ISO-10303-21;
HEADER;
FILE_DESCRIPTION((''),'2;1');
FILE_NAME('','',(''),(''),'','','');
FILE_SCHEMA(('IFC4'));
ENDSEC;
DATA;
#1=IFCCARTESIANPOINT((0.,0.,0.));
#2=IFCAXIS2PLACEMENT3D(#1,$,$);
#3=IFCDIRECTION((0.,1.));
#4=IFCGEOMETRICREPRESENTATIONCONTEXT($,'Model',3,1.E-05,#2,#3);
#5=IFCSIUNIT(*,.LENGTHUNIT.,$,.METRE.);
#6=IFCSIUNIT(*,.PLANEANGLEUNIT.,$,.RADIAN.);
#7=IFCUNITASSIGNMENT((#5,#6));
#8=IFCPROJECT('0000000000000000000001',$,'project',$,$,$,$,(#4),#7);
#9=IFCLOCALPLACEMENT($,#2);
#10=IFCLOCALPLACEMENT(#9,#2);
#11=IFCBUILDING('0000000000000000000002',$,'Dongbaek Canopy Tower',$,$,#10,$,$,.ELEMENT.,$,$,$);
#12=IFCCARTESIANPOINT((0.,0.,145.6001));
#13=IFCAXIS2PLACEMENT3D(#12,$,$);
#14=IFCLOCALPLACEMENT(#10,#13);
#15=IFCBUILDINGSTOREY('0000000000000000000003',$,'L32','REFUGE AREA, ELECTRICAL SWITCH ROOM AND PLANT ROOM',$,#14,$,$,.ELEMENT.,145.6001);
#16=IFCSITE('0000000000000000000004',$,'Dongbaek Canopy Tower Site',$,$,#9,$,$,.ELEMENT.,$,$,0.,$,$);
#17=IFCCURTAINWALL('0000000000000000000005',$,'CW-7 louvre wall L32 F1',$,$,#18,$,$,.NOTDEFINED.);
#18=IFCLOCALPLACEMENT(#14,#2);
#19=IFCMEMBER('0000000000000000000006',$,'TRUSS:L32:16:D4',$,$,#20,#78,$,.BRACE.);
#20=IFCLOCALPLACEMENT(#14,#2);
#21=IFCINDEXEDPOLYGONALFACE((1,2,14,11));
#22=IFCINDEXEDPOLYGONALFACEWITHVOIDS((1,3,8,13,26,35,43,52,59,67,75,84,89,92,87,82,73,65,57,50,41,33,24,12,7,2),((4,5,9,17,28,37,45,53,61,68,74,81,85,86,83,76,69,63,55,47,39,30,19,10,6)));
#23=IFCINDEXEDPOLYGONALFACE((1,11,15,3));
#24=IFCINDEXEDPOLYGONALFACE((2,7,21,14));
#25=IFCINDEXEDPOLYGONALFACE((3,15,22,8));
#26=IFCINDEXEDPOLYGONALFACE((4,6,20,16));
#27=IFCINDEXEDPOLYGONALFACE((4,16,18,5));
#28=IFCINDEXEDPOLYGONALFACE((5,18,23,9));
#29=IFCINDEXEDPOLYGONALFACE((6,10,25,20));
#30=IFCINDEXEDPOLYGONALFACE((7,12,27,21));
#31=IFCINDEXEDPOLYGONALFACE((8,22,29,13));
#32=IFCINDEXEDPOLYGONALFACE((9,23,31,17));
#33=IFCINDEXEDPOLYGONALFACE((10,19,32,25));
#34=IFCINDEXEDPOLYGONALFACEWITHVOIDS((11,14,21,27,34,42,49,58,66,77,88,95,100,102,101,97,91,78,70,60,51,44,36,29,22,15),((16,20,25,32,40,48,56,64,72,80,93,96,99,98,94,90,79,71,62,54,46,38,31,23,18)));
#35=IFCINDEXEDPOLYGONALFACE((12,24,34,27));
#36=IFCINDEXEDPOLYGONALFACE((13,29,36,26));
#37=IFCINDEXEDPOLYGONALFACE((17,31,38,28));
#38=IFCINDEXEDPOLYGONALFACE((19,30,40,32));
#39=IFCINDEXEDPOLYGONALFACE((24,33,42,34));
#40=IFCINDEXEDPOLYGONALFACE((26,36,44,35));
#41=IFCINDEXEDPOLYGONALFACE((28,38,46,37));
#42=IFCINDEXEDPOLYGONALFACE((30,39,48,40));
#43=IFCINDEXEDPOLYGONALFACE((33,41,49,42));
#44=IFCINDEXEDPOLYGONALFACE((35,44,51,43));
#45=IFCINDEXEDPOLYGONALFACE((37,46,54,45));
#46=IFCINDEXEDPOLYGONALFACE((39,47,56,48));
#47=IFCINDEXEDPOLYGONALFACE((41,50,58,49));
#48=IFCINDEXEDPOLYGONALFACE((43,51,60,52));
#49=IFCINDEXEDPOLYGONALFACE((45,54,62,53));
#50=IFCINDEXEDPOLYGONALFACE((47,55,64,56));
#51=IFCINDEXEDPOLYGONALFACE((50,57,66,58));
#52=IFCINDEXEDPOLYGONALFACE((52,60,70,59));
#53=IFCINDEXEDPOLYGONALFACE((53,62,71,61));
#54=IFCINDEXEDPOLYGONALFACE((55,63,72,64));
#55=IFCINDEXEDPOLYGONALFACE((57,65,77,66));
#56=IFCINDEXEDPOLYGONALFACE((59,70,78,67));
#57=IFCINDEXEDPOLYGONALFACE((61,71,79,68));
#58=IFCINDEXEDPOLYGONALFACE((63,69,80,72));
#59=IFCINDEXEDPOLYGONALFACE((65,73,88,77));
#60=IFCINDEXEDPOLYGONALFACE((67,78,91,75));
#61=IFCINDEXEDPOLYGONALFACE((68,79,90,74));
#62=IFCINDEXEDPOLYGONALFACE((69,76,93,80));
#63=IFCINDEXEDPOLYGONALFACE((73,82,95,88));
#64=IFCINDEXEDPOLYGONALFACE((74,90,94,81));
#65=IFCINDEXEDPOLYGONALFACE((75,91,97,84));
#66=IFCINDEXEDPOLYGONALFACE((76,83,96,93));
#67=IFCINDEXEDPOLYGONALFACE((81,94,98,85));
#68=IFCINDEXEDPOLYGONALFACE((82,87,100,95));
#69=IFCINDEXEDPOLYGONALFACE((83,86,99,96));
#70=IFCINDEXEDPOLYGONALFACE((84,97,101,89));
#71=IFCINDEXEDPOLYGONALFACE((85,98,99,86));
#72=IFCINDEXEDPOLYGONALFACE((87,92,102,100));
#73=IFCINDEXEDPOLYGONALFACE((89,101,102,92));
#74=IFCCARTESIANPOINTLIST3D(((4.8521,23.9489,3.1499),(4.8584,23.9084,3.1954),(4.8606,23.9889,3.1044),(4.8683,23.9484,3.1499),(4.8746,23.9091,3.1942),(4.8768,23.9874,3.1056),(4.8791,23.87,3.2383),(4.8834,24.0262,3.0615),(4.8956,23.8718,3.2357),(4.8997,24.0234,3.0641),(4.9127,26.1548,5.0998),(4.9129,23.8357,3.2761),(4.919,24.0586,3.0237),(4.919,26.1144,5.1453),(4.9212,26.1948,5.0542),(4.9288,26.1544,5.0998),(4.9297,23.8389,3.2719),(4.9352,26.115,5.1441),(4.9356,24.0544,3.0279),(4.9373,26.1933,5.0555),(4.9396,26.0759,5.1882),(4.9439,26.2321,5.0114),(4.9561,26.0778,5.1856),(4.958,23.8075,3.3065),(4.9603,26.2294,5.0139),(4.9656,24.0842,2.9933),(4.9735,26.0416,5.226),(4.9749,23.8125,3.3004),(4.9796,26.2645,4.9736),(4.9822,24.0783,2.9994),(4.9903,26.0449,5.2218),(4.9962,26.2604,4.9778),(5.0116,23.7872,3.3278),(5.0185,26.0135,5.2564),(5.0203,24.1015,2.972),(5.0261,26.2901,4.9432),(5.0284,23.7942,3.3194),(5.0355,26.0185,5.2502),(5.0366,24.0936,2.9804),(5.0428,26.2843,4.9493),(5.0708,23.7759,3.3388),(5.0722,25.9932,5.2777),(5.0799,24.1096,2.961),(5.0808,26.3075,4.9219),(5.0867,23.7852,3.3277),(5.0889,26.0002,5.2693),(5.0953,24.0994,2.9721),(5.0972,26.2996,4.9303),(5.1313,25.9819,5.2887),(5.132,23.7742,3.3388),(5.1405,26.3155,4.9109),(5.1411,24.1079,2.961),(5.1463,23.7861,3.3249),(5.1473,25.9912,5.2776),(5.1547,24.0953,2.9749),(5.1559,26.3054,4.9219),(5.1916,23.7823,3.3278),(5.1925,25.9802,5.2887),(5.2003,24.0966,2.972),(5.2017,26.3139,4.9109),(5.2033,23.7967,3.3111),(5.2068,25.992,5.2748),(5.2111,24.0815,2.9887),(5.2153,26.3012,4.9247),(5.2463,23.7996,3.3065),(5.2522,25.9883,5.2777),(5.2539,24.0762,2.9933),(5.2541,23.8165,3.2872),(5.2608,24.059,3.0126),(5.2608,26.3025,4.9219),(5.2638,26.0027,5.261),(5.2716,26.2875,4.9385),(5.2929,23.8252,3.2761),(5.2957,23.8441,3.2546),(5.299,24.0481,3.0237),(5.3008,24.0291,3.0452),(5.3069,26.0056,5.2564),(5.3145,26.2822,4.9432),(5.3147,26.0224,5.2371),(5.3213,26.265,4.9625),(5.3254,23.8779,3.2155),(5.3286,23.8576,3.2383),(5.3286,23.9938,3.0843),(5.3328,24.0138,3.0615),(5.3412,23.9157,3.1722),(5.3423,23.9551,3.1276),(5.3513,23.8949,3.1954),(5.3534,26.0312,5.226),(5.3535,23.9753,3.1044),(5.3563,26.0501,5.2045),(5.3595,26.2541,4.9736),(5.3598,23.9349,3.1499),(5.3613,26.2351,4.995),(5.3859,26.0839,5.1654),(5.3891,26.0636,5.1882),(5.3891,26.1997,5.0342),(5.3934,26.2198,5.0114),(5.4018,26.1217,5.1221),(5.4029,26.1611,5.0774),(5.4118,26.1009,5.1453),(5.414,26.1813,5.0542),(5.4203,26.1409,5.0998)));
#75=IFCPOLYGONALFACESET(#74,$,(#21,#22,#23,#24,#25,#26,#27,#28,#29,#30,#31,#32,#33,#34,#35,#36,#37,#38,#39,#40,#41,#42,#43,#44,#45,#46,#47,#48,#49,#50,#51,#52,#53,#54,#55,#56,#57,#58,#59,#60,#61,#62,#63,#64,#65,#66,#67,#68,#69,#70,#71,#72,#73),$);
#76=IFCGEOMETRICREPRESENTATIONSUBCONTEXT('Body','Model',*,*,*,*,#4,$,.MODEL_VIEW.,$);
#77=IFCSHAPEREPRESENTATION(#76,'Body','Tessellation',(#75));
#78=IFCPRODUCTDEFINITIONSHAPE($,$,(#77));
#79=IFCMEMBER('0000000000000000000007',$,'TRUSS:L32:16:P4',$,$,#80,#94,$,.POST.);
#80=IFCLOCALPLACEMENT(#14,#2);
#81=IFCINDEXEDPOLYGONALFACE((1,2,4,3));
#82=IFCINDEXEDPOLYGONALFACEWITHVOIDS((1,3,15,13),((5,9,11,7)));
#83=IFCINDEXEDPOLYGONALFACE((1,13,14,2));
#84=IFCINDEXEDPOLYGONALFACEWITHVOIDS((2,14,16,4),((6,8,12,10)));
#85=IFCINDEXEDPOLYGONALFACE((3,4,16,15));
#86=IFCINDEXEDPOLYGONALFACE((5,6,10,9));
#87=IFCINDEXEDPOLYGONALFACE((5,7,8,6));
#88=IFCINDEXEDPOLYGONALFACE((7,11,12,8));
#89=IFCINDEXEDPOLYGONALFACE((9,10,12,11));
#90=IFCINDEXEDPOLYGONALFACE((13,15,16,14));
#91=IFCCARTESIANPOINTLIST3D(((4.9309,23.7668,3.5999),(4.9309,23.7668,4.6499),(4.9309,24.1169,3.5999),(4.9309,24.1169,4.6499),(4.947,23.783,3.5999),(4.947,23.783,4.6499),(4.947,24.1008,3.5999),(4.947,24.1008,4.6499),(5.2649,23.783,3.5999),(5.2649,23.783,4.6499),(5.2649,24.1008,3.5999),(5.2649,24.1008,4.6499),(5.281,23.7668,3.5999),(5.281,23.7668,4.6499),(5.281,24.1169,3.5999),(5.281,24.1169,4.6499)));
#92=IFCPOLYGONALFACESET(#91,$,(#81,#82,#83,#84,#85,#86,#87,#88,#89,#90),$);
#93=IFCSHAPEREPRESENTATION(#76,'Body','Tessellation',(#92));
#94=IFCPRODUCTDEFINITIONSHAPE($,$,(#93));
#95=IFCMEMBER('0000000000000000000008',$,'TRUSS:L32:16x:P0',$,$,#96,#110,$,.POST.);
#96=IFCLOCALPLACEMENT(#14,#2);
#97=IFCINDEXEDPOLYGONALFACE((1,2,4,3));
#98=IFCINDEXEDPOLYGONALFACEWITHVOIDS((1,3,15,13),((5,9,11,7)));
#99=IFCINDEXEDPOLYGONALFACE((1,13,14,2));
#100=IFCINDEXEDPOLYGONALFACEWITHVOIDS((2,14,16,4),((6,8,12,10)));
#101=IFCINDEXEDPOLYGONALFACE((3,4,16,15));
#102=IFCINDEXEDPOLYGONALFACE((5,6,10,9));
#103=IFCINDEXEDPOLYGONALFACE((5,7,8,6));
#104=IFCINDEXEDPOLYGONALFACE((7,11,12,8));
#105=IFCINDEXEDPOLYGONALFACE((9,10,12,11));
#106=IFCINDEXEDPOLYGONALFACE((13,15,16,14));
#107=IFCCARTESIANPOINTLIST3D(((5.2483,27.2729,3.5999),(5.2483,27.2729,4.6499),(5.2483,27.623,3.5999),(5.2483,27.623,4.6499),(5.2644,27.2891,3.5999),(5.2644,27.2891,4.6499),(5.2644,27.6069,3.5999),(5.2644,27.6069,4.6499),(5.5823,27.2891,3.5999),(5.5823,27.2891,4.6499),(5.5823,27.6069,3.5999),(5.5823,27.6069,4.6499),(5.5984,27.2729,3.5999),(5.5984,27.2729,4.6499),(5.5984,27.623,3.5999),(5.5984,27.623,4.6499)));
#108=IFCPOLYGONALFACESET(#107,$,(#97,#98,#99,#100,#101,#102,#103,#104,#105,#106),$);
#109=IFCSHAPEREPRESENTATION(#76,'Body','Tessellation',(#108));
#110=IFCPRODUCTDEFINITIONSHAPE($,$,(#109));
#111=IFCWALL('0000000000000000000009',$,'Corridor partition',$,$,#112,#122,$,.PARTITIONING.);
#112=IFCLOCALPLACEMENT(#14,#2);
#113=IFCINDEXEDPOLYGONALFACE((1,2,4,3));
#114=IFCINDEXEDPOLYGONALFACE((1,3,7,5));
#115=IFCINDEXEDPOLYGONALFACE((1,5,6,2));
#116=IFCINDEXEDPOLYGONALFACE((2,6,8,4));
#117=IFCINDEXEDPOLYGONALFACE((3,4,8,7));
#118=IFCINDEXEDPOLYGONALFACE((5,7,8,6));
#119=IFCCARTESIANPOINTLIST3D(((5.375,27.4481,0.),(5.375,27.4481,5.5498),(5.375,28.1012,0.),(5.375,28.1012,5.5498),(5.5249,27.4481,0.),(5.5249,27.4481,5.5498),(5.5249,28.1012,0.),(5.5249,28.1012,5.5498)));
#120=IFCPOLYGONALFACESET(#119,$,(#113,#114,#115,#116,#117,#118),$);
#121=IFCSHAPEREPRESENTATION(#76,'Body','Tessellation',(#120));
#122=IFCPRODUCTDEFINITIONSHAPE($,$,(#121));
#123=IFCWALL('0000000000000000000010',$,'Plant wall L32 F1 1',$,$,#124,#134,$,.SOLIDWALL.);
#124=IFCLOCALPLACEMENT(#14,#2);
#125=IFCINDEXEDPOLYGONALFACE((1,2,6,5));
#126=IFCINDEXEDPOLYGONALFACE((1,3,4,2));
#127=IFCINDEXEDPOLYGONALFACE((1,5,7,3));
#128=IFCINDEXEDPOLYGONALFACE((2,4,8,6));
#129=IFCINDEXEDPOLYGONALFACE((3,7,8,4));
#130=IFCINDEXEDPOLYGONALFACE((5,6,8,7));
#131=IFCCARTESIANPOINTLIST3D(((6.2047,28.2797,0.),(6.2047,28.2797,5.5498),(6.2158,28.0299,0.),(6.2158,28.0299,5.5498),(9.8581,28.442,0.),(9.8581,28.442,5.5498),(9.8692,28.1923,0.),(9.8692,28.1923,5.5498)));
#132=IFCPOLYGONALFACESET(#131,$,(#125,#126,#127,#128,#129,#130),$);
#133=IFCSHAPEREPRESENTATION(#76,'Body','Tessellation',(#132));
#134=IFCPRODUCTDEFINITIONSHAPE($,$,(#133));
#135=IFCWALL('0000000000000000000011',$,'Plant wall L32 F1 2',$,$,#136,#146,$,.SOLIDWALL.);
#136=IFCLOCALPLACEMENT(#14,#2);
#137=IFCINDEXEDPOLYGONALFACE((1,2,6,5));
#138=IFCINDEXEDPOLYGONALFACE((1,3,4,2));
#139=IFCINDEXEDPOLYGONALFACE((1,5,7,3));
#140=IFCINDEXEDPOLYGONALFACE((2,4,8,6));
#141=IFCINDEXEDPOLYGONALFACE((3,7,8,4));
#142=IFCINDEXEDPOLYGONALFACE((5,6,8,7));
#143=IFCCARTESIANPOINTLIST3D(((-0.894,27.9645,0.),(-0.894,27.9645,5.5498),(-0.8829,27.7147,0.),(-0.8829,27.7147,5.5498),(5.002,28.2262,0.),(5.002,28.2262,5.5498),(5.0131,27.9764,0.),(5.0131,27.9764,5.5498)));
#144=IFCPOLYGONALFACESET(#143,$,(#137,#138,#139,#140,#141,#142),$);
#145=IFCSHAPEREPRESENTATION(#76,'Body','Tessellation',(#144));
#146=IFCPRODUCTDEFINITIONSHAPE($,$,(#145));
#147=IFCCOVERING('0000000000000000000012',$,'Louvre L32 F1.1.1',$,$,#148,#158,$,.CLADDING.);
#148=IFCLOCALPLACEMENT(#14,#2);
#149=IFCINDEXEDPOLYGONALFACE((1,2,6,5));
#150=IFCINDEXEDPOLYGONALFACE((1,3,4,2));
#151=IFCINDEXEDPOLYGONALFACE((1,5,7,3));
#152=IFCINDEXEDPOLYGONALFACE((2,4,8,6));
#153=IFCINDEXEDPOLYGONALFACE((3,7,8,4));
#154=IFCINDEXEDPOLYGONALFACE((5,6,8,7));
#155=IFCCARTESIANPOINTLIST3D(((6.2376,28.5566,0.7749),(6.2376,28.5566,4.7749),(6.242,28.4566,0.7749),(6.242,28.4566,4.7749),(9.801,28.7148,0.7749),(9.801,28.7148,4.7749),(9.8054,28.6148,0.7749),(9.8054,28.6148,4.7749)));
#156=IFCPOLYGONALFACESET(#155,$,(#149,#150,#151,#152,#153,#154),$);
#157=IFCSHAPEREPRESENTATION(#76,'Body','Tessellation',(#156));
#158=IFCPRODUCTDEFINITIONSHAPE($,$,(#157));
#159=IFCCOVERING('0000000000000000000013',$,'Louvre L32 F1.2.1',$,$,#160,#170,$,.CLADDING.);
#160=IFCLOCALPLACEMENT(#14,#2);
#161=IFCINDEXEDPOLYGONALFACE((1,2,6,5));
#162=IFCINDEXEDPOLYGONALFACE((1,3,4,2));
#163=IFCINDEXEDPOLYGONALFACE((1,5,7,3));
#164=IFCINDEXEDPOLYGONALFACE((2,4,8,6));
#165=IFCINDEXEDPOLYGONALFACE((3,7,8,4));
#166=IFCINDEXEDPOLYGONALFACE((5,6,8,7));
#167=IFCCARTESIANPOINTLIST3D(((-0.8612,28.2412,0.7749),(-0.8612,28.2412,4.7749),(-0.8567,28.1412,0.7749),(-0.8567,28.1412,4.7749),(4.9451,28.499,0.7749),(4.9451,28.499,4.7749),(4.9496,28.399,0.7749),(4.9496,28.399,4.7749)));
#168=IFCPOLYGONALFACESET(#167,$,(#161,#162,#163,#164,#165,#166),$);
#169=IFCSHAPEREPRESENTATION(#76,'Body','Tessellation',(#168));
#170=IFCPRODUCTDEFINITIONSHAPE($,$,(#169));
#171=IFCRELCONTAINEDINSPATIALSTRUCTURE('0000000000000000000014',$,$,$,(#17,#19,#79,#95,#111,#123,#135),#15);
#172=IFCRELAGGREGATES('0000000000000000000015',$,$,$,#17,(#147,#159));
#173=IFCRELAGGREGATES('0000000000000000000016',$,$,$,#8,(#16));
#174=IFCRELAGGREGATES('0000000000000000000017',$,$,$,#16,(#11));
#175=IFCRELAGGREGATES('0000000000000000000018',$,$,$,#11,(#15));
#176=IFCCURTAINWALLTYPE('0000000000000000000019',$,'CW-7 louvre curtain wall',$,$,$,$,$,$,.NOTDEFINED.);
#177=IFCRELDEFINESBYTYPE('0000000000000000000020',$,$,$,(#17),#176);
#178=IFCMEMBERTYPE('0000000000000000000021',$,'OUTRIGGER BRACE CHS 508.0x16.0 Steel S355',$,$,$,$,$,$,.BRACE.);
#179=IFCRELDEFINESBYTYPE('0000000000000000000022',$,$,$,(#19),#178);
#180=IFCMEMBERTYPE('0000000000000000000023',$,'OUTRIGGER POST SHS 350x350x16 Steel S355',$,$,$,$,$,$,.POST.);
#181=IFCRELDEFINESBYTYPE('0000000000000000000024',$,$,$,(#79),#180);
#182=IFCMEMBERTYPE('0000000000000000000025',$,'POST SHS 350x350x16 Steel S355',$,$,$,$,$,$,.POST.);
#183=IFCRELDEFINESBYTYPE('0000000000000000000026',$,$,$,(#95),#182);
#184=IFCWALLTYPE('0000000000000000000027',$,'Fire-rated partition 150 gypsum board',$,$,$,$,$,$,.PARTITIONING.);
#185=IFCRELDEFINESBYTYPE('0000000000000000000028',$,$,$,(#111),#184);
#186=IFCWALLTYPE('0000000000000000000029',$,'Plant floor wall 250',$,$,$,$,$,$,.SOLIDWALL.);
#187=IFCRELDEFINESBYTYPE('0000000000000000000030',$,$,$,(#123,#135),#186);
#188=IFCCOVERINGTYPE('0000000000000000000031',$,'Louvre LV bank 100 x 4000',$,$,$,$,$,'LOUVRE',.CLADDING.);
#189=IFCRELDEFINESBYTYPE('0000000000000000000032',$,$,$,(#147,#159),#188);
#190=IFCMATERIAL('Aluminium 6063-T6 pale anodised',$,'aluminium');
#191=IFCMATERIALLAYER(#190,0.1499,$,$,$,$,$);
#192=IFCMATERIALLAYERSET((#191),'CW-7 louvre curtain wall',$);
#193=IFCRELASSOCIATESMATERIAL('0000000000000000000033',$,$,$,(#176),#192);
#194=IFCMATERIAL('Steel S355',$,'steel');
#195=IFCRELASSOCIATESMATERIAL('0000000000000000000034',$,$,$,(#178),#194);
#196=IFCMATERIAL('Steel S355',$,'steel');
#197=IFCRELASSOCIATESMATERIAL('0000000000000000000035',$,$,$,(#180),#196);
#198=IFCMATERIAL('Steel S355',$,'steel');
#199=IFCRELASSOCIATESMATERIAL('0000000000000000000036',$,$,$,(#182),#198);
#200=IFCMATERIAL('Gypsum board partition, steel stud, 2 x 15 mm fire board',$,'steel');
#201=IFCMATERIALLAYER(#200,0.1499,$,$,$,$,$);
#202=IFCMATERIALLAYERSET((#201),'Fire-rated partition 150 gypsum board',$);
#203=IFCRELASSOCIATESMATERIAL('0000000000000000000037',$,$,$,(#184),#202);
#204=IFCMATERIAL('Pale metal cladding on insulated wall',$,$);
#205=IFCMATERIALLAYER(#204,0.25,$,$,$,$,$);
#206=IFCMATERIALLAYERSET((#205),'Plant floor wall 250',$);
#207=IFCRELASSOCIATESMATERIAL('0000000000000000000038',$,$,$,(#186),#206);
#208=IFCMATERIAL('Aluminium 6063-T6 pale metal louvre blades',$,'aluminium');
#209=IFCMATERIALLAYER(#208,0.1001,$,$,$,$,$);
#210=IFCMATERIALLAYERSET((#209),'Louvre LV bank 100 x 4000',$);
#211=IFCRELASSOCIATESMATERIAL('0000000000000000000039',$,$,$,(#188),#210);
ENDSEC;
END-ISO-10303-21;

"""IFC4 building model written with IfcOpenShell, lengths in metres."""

from ifc_helpers import new_model, si_unit, direction, frame, frame_2d, origin, origin_2d, place, context, subcontext, project, spatial, rectangle, hollow_rectangle, hollow_circle, extrude, material, layer, layer_set, material_profile, profile_set, type_object, element, aggregate, save


model = new_model("IFC4")

# Units and contexts
model_context = context("Model", 3, precision=1e-05, world=origin(), true_north=direction((0.0, 1.0)))
body_context = subcontext(model_context, "Body", "Model", "MODEL_VIEW")
ifc_project = project(units=[si_unit("LENGTHUNIT", "METRE"), si_unit("PLANEANGLEUNIT", "RADIAN")], contexts=[model_context])

# Site, building, storey
site_placement = place(None, origin())
site = spatial("IfcSite", under=ifc_project, at=site_placement, Name="Dongbaek Canopy Tower Site", CompositionType="ELEMENT", RefElevation=0.0)
building_placement = place(site_placement, origin())
building = spatial("IfcBuilding", under=site, at=building_placement, Name="Dongbaek Canopy Tower", CompositionType="ELEMENT")
storey_placement = place(building_placement, frame((0.0, 0.0, 145.6001)))
storey = spatial("IfcBuildingStorey", under=building, at=storey_placement, Name="L32", Description="REFUGE AREA, ELECTRICAL SWITCH ROOM AND PLANT ROOM", CompositionType="ELEMENT", Elevation=145.6001)

# Shared definitions
ifc_material_1 = material(Name="Aluminium 6063-T6 pale anodised", Category="aluminium")
ifc_layer_1 = layer(ifc_material_1, 0.1499)
ifc_layer_set_1 = layer_set([ifc_layer_1], Name="CW-7 louvre curtain wall")
curtain_wall_type = type_object("IfcCurtainWallType", Name="CW-7 louvre curtain wall", PredefinedType="NOTDEFINED", material=ifc_layer_set_1)

# Curtain wall
curtain_wall_1_placement = place(storey_placement, origin())
curtain_wall_1 = element("IfcCurtainWall", 1, at=curtain_wall_1_placement, inside=storey, type_object=curtain_wall_type, Name="CW-7 louvre wall L32 F1", PredefinedType="NOTDEFINED")

# Members
ifc_material_2 = material(Name="Steel S355", Category="steel")
ifc_material_profile_1 = material_profile(ifc_material_2, hollow_circle(Radius=0.2539, WallThickness=0.0161, at=origin_2d()), Name="OUTRIGGER BRACE CHS 508.0x16.0 Steel S355")
ifc_profile_set_1 = profile_set([ifc_material_profile_1], Name="Steel S355")
member_type_1 = type_object("IfcMemberType", Name="OUTRIGGER BRACE CHS 508.0x16.0 Steel S355", PredefinedType="BRACE", material=ifc_profile_set_1)
member_1_placement = place(storey_placement, frame((5.106, 23.9419, 3.1499), z_axis=(0.02056, 0.749101, 0.662137), x_axis=(-0.999624, 0.027435, 0.0)))
element("IfcMember", 2, at=member_1_placement, inside=storey, type_object=member_type_1, Name="TRUSS:L32:16:D4", PredefinedType="BRACE", context=body_context, shape_type="SweptSolid", body=[
    extrude(hollow_circle(Radius=0.2539, WallThickness=0.0161, at=origin_2d()), origin(), (0.0, 0.0, 1.0), 2.9448),
])
ifc_material_3 = material(Name="Steel S355", Category="steel")
ifc_material_profile_2 = material_profile(ifc_material_3, hollow_rectangle(XDim=0.3501, YDim=0.3501, WallThickness=0.0161, at=origin_2d()), Name="OUTRIGGER POST SHS 350x350x16 Steel S355")
ifc_profile_set_2 = profile_set([ifc_material_profile_2], Name="Steel S355")
member_type_2 = type_object("IfcMemberType", Name="OUTRIGGER POST SHS 350x350x16 Steel S355", PredefinedType="POST", material=ifc_profile_set_2)
member_2_placement = place(storey_placement, frame((5.106, 23.9419, 3.5999), z_axis=(0.0, 0.0, 1.0), x_axis=(1.0, 0.0, 0.0)))
element("IfcMember", 3, at=member_2_placement, inside=storey, type_object=member_type_2, Name="TRUSS:L32:16:P4", PredefinedType="POST", context=body_context, shape_type="SweptSolid", body=[
    extrude(hollow_rectangle(XDim=0.3501, YDim=0.3501, WallThickness=0.0161, at=origin_2d()), origin(), (0.0, 0.0, 1.0), 1.05),
])
ifc_material_4 = material(Name="Steel S355", Category="steel")
ifc_material_profile_3 = material_profile(ifc_material_4, hollow_rectangle(XDim=0.3501, YDim=0.3501, WallThickness=0.0161, at=origin_2d()), Name="POST SHS 350x350x16 Steel S355")
ifc_profile_set_3 = profile_set([ifc_material_profile_3], Name="Steel S355")
member_type_3 = type_object("IfcMemberType", Name="POST SHS 350x350x16 Steel S355", PredefinedType="POST", material=ifc_profile_set_3)
member_3_placement = place(storey_placement, frame((5.4233, 27.448, 3.5999), z_axis=(0.0, 0.0, 1.0), x_axis=(1.0, 0.0, 0.0)))
element("IfcMember", 4, at=member_3_placement, inside=storey, type_object=member_type_3, Name="TRUSS:L32:16x:P0", PredefinedType="POST", context=body_context, shape_type="SweptSolid", body=[
    extrude(hollow_rectangle(XDim=0.3501, YDim=0.3501, WallThickness=0.0161, at=origin_2d()), origin(), (0.0, 0.0, 1.0), 1.05),
])

# Walls
ifc_material_5 = material(Name="Gypsum board partition, steel stud, 2 x 15 mm fire board", Category="steel")
ifc_layer_2 = layer(ifc_material_5, 0.1499)
ifc_layer_set_2 = layer_set([ifc_layer_2], Name="Fire-rated partition 150 gypsum board")
wall_type_1 = type_object("IfcWallType", Name="Fire-rated partition 150 gypsum board", PredefinedType="PARTITIONING", material=ifc_layer_set_2)
wall_1_placement = place(storey_placement, frame((5.45, 27.448, 0.0), z_axis=(0.0, 0.0, 1.0), x_axis=(0.0, 1.0, 0.0)))
element("IfcWall", 5, at=wall_1_placement, inside=storey, type_object=wall_type_1, Name="Corridor partition", PredefinedType="PARTITIONING", context=body_context, shape_type="SweptSolid", body=[
    extrude(rectangle(XDim=0.6531, YDim=0.1499, at=frame_2d((0.3267, 0.0))), origin(), (0.0, 0.0, 1.0), 5.5498),
])
ifc_material_6 = material(Name="Pale metal cladding on insulated wall")
ifc_layer_3 = layer(ifc_material_6, 0.25)
ifc_layer_set_3 = layer_set([ifc_layer_3], Name="Plant floor wall 250")
wall_type_2 = type_object("IfcWallType", Name="Plant floor wall 250", PredefinedType="SOLIDWALL", material=ifc_layer_set_3)
wall_2_placement = place(storey_placement, frame((9.8638, 28.3171, 0.0), z_axis=(0.0, 0.0, 1.0), x_axis=(-0.999014, -0.044396, 0.0)))
element("IfcWall", 6, at=wall_2_placement, inside=storey, type_object=wall_type_2, Name="Plant wall L32 F1 1", PredefinedType="SOLIDWALL", context=body_context, shape_type="SweptSolid", body=[
    extrude(rectangle(XDim=3.657, YDim=0.25, at=frame_2d((1.8286, 0.0))), origin(), (0.0, 0.0, 1.0), 5.5498),
])
wall_3_placement = place(storey_placement, frame((5.0076, 28.1013, 0.0), z_axis=(0.0, 0.0, 1.0), x_axis=(-0.999016, -0.044346, 0.0)))
element("IfcWall", 7, at=wall_3_placement, inside=storey, type_object=wall_type_2, Name="Plant wall L32 F1 2", PredefinedType="SOLIDWALL", context=body_context, shape_type="SweptSolid", body=[
    extrude(rectangle(XDim=5.9019, YDim=0.25, at=frame_2d((2.9509, 0.0))), origin(), (0.0, 0.0, 1.0), 5.5498),
])

# Coverings
ifc_material_7 = material(Name="Aluminium 6063-T6 pale metal louvre blades", Category="aluminium")
ifc_layer_4 = layer(ifc_material_7, 0.1001)
ifc_layer_set_4 = layer_set([ifc_layer_4], Name="Louvre LV bank 100 x 4000")
covering_type = type_object("IfcCoveringType", Name="Louvre LV bank 100 x 4000", ElementType="LOUVRE", PredefinedType="CLADDING", material=ifc_layer_set_4)
covering_1_placement = place(storey_placement, frame((8.0215, 28.5857, 0.7749), z_axis=(0.0, 0.0, 1.0), x_axis=(-0.999016, -0.04436, 0.0)))
covering_1 = element("IfcCovering", 8, at=covering_1_placement, type_object=covering_type, Name="Louvre L32 F1.1.1", PredefinedType="CLADDING", context=body_context, shape_type="SweptSolid", body=[
    extrude(rectangle(XDim=3.5669, YDim=0.1001, at=origin_2d()), origin(), (0.0, 0.0, 1.0), 4.0),
])
covering_2_placement = place(storey_placement, frame((2.0442, 28.3201, 0.7749), z_axis=(0.0, 0.0, 1.0), x_axis=(-0.999016, -0.04436, 0.0)))
covering_2 = element("IfcCovering", 9, at=covering_2_placement, type_object=covering_type, Name="Louvre L32 F1.2.1", PredefinedType="CLADDING", context=body_context, shape_type="SweptSolid", body=[
    extrude(rectangle(XDim=5.812, YDim=0.1001, at=origin_2d()), origin(), (0.0, 0.0, 1.0), 4.0),
])

aggregate(curtain_wall_1, [covering_1, covering_2])

save(model, "model.ifc")
